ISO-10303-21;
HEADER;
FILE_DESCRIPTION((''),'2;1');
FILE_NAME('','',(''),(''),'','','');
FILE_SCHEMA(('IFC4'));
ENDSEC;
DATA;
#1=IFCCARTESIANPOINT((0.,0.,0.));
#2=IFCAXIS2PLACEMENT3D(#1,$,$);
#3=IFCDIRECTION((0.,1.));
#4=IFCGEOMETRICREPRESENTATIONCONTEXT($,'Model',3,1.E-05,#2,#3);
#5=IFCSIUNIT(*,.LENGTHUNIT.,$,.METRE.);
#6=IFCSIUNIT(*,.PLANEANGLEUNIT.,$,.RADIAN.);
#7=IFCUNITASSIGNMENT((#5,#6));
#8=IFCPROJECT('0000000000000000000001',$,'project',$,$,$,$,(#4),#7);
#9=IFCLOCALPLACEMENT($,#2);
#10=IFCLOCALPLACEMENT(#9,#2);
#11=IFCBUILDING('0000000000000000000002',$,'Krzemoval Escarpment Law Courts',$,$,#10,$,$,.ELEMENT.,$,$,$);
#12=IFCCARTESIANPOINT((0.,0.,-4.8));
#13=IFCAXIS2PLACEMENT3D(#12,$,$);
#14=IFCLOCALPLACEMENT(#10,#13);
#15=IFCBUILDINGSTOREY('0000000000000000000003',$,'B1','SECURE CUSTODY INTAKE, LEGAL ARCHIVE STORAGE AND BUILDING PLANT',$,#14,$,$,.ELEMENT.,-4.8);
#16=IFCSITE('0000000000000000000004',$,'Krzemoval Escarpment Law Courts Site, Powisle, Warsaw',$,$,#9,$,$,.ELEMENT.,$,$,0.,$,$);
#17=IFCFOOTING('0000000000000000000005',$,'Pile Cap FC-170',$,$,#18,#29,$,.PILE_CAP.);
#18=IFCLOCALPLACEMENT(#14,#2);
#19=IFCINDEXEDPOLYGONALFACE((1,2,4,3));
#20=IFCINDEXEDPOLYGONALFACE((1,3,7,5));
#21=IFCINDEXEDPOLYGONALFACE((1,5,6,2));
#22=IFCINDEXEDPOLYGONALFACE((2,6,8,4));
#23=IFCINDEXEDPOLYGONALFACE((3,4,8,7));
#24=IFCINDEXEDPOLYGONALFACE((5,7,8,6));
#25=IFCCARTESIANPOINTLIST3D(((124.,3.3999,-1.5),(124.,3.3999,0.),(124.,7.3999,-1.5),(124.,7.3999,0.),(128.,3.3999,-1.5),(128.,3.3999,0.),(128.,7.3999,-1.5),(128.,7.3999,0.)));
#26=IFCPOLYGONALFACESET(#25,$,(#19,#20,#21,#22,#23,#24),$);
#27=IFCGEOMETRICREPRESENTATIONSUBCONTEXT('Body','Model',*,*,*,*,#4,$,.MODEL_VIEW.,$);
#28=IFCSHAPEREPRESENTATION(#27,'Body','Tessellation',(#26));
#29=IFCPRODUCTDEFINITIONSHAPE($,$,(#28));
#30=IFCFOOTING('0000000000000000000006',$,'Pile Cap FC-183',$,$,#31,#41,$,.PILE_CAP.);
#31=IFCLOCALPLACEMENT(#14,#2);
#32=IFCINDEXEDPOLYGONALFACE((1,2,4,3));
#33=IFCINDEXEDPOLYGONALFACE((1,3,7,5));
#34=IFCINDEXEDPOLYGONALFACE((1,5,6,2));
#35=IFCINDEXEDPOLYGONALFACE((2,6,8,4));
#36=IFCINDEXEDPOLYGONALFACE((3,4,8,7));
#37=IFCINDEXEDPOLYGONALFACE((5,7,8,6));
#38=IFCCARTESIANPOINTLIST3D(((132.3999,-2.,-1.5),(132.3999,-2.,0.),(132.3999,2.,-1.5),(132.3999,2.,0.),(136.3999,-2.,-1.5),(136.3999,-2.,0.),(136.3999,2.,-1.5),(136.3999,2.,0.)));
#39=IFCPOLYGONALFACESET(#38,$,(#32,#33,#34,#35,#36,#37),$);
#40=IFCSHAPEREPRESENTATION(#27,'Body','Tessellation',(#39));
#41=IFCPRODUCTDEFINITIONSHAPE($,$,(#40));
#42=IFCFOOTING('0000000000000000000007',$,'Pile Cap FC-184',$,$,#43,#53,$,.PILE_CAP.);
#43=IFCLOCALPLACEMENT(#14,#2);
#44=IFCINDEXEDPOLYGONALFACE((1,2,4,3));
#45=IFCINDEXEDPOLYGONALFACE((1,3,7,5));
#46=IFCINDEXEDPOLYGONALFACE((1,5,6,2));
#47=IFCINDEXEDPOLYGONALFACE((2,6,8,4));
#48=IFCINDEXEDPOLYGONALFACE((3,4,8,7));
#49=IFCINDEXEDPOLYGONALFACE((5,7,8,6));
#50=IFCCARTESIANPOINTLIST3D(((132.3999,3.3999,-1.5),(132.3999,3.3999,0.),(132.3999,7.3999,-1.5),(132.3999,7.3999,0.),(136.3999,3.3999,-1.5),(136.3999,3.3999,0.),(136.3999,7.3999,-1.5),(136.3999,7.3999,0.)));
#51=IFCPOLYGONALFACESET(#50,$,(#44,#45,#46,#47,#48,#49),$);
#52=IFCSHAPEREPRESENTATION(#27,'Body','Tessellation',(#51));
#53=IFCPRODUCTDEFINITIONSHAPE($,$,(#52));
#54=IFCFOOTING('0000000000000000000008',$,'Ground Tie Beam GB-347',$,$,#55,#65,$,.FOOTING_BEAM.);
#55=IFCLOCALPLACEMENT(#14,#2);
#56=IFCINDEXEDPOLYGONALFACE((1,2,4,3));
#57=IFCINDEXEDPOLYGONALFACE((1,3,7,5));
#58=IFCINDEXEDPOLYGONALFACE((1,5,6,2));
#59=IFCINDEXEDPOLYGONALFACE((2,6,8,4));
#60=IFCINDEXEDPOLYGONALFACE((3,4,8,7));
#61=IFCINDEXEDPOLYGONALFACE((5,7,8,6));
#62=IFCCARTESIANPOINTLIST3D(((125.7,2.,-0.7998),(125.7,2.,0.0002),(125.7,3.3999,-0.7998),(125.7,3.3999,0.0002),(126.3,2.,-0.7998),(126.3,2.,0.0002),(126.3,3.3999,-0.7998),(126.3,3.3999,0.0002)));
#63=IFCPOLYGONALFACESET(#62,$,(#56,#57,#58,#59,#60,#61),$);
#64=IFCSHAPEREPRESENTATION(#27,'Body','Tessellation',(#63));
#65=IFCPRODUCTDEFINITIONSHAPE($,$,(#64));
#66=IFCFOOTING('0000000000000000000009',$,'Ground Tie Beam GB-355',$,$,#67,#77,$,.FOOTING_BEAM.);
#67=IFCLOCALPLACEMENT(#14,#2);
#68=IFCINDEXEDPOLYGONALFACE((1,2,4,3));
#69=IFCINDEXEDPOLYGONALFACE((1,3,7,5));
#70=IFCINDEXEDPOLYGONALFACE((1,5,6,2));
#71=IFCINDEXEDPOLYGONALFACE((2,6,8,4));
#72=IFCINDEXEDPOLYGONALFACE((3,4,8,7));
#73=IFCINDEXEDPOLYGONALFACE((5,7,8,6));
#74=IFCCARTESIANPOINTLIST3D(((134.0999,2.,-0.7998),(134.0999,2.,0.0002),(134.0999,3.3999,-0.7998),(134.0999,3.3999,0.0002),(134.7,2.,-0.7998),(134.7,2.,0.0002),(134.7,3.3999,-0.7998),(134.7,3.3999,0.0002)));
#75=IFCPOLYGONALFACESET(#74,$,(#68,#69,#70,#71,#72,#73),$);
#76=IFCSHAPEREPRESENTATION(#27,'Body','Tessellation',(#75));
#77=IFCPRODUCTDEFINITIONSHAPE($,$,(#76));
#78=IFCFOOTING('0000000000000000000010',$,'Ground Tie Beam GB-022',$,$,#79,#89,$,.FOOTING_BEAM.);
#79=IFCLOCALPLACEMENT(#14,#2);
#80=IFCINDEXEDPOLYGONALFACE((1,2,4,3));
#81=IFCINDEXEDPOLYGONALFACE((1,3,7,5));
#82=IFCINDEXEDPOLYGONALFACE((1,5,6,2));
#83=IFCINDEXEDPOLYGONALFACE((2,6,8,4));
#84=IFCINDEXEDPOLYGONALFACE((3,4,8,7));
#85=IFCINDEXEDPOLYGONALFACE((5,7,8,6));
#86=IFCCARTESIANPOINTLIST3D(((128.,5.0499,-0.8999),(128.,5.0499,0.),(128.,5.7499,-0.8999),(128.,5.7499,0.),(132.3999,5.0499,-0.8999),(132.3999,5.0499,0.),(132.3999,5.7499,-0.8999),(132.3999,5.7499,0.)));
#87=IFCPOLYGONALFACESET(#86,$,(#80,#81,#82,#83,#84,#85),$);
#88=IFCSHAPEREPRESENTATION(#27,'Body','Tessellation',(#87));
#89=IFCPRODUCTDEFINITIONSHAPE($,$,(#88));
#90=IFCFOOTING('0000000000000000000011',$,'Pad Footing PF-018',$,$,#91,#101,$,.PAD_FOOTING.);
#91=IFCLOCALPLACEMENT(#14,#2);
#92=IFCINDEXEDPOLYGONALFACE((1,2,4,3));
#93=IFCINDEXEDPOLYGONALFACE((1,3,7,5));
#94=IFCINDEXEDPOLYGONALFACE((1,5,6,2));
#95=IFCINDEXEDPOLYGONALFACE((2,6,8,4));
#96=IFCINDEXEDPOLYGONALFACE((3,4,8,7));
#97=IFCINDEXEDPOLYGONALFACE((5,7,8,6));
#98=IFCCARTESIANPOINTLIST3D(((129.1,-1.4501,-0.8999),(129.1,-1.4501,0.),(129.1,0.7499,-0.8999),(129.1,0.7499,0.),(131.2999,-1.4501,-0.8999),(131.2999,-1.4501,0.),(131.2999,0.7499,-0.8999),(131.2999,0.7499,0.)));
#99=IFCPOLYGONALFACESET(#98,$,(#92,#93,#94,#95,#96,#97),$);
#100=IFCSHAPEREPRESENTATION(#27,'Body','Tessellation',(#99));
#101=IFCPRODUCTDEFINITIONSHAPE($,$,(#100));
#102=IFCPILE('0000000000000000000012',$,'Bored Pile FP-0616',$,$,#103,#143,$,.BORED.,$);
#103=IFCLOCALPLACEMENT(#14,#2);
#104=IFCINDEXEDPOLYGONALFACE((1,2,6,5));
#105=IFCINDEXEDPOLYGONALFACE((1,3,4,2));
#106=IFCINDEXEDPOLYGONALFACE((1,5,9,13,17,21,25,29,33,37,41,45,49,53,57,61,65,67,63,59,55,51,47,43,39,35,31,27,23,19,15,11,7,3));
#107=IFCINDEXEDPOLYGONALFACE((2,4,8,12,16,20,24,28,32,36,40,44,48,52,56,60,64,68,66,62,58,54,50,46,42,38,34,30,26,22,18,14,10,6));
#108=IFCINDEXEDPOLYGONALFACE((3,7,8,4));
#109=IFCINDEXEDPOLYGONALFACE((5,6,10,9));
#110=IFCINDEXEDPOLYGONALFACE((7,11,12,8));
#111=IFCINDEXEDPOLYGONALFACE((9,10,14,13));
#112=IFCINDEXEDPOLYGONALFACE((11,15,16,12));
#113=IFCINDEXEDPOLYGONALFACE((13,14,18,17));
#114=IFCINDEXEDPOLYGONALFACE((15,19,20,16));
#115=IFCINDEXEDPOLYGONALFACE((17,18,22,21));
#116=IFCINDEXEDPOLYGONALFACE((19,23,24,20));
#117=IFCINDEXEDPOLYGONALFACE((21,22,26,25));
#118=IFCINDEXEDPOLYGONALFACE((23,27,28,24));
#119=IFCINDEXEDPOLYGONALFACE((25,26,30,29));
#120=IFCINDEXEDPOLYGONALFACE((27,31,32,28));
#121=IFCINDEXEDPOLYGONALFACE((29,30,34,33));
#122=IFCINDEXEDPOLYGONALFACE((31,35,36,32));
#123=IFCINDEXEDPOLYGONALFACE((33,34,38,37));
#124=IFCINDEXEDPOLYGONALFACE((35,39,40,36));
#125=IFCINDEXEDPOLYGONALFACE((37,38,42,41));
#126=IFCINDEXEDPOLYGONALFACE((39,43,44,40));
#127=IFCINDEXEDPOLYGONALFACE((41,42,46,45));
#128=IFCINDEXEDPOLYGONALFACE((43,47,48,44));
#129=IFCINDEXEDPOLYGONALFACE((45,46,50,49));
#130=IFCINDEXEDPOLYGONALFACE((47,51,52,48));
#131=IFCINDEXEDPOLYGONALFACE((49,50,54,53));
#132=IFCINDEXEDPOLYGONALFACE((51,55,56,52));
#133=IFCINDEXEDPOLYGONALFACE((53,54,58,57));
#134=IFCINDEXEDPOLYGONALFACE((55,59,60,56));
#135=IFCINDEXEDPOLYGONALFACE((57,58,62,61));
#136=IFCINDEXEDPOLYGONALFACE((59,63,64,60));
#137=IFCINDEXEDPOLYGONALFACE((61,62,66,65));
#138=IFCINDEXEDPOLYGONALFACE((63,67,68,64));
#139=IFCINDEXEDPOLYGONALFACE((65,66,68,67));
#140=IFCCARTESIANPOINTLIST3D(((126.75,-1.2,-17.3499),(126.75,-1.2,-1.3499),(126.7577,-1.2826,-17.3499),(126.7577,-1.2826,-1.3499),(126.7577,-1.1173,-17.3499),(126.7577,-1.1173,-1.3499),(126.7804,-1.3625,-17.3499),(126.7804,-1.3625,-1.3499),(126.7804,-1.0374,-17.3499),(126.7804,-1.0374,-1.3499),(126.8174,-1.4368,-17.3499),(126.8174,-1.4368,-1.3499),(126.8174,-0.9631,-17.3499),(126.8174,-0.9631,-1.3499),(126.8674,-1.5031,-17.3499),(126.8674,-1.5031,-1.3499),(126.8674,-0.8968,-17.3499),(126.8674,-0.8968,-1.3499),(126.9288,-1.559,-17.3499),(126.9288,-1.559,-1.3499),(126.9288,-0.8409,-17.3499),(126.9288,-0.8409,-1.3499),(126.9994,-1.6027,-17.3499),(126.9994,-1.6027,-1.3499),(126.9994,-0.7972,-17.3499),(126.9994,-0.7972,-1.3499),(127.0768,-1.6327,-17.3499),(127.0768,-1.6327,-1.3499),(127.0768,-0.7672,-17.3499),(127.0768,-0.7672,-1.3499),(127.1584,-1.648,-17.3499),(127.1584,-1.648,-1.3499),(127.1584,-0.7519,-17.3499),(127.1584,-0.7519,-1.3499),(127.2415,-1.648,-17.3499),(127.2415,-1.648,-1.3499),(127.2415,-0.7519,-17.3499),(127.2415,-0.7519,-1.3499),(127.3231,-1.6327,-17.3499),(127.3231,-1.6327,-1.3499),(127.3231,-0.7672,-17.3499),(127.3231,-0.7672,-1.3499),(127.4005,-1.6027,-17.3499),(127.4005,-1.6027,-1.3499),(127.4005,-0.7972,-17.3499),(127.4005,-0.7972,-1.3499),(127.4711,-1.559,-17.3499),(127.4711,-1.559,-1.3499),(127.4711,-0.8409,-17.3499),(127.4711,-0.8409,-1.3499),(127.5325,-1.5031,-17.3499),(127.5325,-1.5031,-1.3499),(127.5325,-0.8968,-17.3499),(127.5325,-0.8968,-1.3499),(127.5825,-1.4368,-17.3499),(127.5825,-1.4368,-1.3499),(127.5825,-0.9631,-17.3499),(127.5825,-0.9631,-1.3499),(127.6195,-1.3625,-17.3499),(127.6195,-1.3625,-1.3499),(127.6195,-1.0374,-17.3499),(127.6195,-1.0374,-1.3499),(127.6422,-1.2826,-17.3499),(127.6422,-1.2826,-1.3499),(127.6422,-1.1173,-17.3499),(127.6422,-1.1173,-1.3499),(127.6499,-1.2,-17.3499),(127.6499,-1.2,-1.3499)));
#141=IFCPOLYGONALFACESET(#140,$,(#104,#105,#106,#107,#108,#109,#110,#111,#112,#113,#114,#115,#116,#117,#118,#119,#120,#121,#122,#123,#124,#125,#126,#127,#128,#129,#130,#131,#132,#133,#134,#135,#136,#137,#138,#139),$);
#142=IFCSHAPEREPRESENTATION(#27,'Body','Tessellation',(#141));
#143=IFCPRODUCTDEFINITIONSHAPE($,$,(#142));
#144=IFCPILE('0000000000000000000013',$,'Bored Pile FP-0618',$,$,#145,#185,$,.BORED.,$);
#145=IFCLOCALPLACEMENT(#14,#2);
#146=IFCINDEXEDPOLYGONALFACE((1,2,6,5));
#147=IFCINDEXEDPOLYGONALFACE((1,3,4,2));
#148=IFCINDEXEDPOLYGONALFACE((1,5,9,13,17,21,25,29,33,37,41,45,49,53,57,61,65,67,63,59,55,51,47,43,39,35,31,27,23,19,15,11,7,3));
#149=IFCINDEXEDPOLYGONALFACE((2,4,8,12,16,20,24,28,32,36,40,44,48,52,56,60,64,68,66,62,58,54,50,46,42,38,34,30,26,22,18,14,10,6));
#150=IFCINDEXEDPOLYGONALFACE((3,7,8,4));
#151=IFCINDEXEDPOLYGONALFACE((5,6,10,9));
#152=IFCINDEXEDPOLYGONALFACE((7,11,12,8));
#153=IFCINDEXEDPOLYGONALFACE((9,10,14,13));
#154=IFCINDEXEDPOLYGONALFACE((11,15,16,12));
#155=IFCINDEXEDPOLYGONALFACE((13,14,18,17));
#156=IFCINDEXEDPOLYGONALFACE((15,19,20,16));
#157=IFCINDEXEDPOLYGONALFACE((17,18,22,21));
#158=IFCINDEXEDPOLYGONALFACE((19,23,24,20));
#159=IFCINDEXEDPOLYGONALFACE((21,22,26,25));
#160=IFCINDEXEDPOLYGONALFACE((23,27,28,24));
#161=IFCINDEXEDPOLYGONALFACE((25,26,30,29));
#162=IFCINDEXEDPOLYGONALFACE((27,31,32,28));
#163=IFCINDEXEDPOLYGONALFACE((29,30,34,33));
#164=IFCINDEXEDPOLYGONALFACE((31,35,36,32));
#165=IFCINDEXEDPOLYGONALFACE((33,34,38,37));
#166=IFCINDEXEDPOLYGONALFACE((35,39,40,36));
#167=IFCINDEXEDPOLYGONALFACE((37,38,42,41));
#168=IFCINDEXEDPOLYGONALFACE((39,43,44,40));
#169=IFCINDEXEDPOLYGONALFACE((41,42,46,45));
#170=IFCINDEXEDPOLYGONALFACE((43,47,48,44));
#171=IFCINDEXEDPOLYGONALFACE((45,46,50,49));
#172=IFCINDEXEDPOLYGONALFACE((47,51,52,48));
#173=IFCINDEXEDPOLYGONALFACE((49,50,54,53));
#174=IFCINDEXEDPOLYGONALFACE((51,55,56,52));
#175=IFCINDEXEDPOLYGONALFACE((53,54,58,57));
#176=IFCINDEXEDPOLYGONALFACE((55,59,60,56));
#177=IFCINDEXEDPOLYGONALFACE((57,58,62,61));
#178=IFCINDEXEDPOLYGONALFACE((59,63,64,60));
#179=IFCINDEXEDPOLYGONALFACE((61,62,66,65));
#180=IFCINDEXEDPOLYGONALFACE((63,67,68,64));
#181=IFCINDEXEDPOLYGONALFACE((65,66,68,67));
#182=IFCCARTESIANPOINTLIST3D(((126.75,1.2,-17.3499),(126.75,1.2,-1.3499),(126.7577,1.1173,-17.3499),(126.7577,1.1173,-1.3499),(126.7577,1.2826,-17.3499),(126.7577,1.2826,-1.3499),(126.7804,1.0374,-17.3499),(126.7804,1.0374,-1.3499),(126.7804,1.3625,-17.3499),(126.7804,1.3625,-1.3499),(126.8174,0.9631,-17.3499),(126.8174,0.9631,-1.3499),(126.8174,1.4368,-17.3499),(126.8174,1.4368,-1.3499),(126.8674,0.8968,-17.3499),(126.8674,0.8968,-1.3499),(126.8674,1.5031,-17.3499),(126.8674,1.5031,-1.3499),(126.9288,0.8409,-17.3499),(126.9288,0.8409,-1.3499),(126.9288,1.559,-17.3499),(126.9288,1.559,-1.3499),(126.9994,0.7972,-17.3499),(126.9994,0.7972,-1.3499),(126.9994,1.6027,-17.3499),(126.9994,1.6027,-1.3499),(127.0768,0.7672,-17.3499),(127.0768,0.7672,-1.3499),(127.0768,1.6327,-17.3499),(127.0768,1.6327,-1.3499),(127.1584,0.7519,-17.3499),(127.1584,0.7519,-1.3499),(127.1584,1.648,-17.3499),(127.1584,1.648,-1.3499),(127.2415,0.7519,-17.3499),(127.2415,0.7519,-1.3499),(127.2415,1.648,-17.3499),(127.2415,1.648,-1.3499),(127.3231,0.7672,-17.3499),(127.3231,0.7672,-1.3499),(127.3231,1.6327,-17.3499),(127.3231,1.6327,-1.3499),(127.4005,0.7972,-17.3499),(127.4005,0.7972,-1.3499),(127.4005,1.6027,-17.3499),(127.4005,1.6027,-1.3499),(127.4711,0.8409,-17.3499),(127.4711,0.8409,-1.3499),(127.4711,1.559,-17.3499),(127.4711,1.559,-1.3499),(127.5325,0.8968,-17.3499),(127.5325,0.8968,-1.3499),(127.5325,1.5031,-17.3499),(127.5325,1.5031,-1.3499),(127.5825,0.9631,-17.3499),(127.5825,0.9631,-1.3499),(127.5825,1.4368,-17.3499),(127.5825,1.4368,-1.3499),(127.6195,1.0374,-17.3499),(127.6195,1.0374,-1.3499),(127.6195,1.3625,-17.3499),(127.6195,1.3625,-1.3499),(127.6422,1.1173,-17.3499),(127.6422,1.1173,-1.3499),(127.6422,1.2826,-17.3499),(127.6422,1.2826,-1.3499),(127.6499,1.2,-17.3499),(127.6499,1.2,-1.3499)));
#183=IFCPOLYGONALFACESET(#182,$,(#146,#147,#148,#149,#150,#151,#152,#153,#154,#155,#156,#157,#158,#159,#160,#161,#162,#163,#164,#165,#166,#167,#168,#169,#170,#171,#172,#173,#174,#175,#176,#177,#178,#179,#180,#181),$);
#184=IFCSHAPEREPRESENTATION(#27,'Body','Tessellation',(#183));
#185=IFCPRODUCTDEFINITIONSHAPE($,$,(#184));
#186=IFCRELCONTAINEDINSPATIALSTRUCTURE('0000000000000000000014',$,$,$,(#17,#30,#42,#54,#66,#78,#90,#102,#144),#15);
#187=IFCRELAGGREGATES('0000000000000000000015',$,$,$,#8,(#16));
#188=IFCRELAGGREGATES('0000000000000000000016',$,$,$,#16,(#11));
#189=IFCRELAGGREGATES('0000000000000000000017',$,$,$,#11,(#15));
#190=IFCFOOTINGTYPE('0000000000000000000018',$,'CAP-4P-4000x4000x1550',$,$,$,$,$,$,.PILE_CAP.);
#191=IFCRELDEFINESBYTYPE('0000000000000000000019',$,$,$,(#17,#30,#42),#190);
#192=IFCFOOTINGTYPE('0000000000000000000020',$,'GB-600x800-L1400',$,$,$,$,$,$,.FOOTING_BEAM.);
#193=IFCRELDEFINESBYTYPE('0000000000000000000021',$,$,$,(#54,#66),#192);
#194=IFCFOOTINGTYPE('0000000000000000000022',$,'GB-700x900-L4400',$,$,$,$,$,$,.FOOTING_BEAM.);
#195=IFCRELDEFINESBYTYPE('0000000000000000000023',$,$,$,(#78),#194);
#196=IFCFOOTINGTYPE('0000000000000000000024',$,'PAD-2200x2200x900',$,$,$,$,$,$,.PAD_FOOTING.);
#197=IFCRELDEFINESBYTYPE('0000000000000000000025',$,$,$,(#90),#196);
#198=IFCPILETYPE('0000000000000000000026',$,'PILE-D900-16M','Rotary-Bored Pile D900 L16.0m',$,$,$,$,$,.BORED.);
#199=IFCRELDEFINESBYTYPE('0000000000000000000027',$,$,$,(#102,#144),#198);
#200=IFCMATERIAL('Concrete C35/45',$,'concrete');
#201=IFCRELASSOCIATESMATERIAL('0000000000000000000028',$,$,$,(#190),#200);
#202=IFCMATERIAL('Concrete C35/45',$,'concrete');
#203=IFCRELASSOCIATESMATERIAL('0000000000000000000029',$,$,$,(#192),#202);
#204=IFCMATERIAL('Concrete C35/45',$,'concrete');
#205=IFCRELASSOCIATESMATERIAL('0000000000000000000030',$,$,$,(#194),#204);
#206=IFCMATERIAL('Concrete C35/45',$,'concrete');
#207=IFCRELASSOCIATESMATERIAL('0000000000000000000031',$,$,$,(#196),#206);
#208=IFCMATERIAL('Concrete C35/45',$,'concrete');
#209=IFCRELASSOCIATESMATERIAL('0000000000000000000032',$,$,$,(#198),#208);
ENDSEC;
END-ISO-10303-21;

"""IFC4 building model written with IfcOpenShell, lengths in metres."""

from ifc_helpers import new_model, si_unit, direction, frame, origin, origin_2d, place, context, subcontext, project, spatial, rectangle, circle, extrude, material, material_profile, profile_set, type_object, element, save


model = new_model("IFC4")

# Units and contexts
model_context = context("Model", 3, precision=1e-05, world=origin(), true_north=direction((0.0, 1.0)))
body_context = subcontext(model_context, "Body", "Model", "MODEL_VIEW")
ifc_project = project(units=[si_unit("LENGTHUNIT", "METRE"), si_unit("PLANEANGLEUNIT", "RADIAN")], contexts=[model_context])

# Site, building, storey
site_placement = place(None, origin())
site = spatial("IfcSite", under=ifc_project, at=site_placement, Name="Krzemoval Escarpment Law Courts Site, Powisle, Warsaw", CompositionType="ELEMENT", RefElevation=0.0)
building_placement = place(site_placement, origin())
building = spatial("IfcBuilding", under=site, at=building_placement, Name="Krzemoval Escarpment Law Courts", CompositionType="ELEMENT")
storey_placement = place(building_placement, frame((0.0, 0.0, -4.8)))
storey = spatial("IfcBuildingStorey", under=building, at=storey_placement, Name="B1", Description="SECURE CUSTODY INTAKE, LEGAL ARCHIVE STORAGE AND BUILDING PLANT", CompositionType="ELEMENT", Elevation=-4.8)

# Footings
ifc_material_1 = material(Name="Concrete C35/45", Category="concrete")
footing_type_1 = type_object("IfcFootingType", Name="CAP-4P-4000x4000x1550", PredefinedType="PILE_CAP", material=ifc_material_1)
for number, where, z_axis, x_axis, name in (
    (1, (126.0, 5.3999, -1.5), (0.0, 0.0, 1.0), (1.0, 0.0, 0.0), "Pile Cap FC-170"),
    (2, (134.3999, 0.0, -1.5), (0.0, 0.0, 1.0), (1.0, 0.0, 0.0), "Pile Cap FC-183"),
    (3, (134.3999, 5.3999, -1.5), (0.0, 0.0, 1.0), (1.0, 0.0, 0.0), "Pile Cap FC-184"),
):
    element("IfcFooting", number, at=place(storey_placement, frame(where, z_axis=z_axis, x_axis=x_axis)), inside=storey, type_object=footing_type_1, Name=name, PredefinedType="PILE_CAP", context=body_context, shape_type="SweptSolid", body=[
        extrude(rectangle(XDim=4.0, YDim=4.0, at=origin_2d()), origin(), (0.0, 0.0, 1.0), 1.5),
    ])
ifc_material_2 = material(Name="Concrete C35/45", Category="concrete")
footing_type_2 = type_object("IfcFootingType", Name="GB-600x800-L1400", PredefinedType="FOOTING_BEAM", material=ifc_material_2)
for number, where, z_axis, x_axis, name in (
    (4, (126.0, 2.7, -0.7998), (0.0, 0.0, 1.0), (0.0, 1.0, 0.0), "Ground Tie Beam GB-347"),
    (5, (134.3999, 2.7, -0.7998), (0.0, 0.0, 1.0), (0.0, 1.0, 0.0), "Ground Tie Beam GB-355"),
):
    element("IfcFooting", number, at=place(storey_placement, frame(where, z_axis=z_axis, x_axis=x_axis)), inside=storey, type_object=footing_type_2, Name=name, PredefinedType="FOOTING_BEAM", context=body_context, shape_type="SweptSolid", body=[
        extrude(rectangle(XDim=1.3999, YDim=0.6001, at=origin_2d()), origin(), (0.0, 0.0, 1.0), 0.8),
    ])
ifc_material_3 = material(Name="Concrete C35/45", Category="concrete")
footing_type_3 = type_object("IfcFootingType", Name="GB-700x900-L4400", PredefinedType="FOOTING_BEAM", material=ifc_material_3)
footing_1_placement = place(storey_placement, frame((130.2, 5.3999, -0.8999), z_axis=(0.0, 0.0, 1.0), x_axis=(1.0, 0.0, 0.0)))
element("IfcFooting", 6, at=footing_1_placement, inside=storey, type_object=footing_type_3, Name="Ground Tie Beam GB-022", PredefinedType="FOOTING_BEAM", context=body_context, shape_type="SweptSolid", body=[
    extrude(rectangle(XDim=4.3999, YDim=0.7, at=origin_2d()), origin(), (0.0, 0.0, 1.0), 0.8999),
])
ifc_material_4 = material(Name="Concrete C35/45", Category="concrete")
footing_type_4 = type_object("IfcFootingType", Name="PAD-2200x2200x900", PredefinedType="PAD_FOOTING", material=ifc_material_4)
footing_2_placement = place(storey_placement, frame((130.2, -0.3501, -0.8999), z_axis=(0.0, 0.0, 1.0), x_axis=(1.0, 0.0, 0.0)))
element("IfcFooting", 7, at=footing_2_placement, inside=storey, type_object=footing_type_4, Name="Pad Footing PF-018", PredefinedType="PAD_FOOTING", context=body_context, shape_type="SweptSolid", body=[
    extrude(rectangle(XDim=2.2, YDim=2.2, at=origin_2d()), origin(), (0.0, 0.0, 1.0), 0.8999),
])

# Piles
ifc_material_5 = material(Name="Concrete C35/45", Category="concrete")
ifc_material_profile_1 = material_profile(ifc_material_5, circle(Radius=0.45, at=origin_2d()), Name="PILE D900")
ifc_profile_set_1 = profile_set([ifc_material_profile_1], Name="Concrete C35/45")
pile_type = type_object("IfcPileType", Name="PILE-D900-16M", Description="Rotary-Bored Pile D900 L16.0m", PredefinedType="BORED", material=ifc_profile_set_1)
for number, where, z_axis, x_axis, name in (
    (8, (127.2, -1.2, -1.3499), (0.0, 0.0, -1.0), (1.0, 0.0, 0.0), "Bored Pile FP-0616"),
    (9, (127.2, 1.2, -1.3499), (0.0, 0.0, -1.0), (1.0, 0.0, 0.0), "Bored Pile FP-0618"),
):
    element("IfcPile", number, at=place(storey_placement, frame(where, z_axis=z_axis, x_axis=x_axis)), inside=storey, type_object=pile_type, Name=name, PredefinedType="BORED", context=body_context, shape_type="SweptSolid", body=[
        extrude(circle(Radius=0.45, at=origin_2d()), origin(), (0.0, 0.0, 1.0), 16.0),
    ])

save(model, "model.ifc")
